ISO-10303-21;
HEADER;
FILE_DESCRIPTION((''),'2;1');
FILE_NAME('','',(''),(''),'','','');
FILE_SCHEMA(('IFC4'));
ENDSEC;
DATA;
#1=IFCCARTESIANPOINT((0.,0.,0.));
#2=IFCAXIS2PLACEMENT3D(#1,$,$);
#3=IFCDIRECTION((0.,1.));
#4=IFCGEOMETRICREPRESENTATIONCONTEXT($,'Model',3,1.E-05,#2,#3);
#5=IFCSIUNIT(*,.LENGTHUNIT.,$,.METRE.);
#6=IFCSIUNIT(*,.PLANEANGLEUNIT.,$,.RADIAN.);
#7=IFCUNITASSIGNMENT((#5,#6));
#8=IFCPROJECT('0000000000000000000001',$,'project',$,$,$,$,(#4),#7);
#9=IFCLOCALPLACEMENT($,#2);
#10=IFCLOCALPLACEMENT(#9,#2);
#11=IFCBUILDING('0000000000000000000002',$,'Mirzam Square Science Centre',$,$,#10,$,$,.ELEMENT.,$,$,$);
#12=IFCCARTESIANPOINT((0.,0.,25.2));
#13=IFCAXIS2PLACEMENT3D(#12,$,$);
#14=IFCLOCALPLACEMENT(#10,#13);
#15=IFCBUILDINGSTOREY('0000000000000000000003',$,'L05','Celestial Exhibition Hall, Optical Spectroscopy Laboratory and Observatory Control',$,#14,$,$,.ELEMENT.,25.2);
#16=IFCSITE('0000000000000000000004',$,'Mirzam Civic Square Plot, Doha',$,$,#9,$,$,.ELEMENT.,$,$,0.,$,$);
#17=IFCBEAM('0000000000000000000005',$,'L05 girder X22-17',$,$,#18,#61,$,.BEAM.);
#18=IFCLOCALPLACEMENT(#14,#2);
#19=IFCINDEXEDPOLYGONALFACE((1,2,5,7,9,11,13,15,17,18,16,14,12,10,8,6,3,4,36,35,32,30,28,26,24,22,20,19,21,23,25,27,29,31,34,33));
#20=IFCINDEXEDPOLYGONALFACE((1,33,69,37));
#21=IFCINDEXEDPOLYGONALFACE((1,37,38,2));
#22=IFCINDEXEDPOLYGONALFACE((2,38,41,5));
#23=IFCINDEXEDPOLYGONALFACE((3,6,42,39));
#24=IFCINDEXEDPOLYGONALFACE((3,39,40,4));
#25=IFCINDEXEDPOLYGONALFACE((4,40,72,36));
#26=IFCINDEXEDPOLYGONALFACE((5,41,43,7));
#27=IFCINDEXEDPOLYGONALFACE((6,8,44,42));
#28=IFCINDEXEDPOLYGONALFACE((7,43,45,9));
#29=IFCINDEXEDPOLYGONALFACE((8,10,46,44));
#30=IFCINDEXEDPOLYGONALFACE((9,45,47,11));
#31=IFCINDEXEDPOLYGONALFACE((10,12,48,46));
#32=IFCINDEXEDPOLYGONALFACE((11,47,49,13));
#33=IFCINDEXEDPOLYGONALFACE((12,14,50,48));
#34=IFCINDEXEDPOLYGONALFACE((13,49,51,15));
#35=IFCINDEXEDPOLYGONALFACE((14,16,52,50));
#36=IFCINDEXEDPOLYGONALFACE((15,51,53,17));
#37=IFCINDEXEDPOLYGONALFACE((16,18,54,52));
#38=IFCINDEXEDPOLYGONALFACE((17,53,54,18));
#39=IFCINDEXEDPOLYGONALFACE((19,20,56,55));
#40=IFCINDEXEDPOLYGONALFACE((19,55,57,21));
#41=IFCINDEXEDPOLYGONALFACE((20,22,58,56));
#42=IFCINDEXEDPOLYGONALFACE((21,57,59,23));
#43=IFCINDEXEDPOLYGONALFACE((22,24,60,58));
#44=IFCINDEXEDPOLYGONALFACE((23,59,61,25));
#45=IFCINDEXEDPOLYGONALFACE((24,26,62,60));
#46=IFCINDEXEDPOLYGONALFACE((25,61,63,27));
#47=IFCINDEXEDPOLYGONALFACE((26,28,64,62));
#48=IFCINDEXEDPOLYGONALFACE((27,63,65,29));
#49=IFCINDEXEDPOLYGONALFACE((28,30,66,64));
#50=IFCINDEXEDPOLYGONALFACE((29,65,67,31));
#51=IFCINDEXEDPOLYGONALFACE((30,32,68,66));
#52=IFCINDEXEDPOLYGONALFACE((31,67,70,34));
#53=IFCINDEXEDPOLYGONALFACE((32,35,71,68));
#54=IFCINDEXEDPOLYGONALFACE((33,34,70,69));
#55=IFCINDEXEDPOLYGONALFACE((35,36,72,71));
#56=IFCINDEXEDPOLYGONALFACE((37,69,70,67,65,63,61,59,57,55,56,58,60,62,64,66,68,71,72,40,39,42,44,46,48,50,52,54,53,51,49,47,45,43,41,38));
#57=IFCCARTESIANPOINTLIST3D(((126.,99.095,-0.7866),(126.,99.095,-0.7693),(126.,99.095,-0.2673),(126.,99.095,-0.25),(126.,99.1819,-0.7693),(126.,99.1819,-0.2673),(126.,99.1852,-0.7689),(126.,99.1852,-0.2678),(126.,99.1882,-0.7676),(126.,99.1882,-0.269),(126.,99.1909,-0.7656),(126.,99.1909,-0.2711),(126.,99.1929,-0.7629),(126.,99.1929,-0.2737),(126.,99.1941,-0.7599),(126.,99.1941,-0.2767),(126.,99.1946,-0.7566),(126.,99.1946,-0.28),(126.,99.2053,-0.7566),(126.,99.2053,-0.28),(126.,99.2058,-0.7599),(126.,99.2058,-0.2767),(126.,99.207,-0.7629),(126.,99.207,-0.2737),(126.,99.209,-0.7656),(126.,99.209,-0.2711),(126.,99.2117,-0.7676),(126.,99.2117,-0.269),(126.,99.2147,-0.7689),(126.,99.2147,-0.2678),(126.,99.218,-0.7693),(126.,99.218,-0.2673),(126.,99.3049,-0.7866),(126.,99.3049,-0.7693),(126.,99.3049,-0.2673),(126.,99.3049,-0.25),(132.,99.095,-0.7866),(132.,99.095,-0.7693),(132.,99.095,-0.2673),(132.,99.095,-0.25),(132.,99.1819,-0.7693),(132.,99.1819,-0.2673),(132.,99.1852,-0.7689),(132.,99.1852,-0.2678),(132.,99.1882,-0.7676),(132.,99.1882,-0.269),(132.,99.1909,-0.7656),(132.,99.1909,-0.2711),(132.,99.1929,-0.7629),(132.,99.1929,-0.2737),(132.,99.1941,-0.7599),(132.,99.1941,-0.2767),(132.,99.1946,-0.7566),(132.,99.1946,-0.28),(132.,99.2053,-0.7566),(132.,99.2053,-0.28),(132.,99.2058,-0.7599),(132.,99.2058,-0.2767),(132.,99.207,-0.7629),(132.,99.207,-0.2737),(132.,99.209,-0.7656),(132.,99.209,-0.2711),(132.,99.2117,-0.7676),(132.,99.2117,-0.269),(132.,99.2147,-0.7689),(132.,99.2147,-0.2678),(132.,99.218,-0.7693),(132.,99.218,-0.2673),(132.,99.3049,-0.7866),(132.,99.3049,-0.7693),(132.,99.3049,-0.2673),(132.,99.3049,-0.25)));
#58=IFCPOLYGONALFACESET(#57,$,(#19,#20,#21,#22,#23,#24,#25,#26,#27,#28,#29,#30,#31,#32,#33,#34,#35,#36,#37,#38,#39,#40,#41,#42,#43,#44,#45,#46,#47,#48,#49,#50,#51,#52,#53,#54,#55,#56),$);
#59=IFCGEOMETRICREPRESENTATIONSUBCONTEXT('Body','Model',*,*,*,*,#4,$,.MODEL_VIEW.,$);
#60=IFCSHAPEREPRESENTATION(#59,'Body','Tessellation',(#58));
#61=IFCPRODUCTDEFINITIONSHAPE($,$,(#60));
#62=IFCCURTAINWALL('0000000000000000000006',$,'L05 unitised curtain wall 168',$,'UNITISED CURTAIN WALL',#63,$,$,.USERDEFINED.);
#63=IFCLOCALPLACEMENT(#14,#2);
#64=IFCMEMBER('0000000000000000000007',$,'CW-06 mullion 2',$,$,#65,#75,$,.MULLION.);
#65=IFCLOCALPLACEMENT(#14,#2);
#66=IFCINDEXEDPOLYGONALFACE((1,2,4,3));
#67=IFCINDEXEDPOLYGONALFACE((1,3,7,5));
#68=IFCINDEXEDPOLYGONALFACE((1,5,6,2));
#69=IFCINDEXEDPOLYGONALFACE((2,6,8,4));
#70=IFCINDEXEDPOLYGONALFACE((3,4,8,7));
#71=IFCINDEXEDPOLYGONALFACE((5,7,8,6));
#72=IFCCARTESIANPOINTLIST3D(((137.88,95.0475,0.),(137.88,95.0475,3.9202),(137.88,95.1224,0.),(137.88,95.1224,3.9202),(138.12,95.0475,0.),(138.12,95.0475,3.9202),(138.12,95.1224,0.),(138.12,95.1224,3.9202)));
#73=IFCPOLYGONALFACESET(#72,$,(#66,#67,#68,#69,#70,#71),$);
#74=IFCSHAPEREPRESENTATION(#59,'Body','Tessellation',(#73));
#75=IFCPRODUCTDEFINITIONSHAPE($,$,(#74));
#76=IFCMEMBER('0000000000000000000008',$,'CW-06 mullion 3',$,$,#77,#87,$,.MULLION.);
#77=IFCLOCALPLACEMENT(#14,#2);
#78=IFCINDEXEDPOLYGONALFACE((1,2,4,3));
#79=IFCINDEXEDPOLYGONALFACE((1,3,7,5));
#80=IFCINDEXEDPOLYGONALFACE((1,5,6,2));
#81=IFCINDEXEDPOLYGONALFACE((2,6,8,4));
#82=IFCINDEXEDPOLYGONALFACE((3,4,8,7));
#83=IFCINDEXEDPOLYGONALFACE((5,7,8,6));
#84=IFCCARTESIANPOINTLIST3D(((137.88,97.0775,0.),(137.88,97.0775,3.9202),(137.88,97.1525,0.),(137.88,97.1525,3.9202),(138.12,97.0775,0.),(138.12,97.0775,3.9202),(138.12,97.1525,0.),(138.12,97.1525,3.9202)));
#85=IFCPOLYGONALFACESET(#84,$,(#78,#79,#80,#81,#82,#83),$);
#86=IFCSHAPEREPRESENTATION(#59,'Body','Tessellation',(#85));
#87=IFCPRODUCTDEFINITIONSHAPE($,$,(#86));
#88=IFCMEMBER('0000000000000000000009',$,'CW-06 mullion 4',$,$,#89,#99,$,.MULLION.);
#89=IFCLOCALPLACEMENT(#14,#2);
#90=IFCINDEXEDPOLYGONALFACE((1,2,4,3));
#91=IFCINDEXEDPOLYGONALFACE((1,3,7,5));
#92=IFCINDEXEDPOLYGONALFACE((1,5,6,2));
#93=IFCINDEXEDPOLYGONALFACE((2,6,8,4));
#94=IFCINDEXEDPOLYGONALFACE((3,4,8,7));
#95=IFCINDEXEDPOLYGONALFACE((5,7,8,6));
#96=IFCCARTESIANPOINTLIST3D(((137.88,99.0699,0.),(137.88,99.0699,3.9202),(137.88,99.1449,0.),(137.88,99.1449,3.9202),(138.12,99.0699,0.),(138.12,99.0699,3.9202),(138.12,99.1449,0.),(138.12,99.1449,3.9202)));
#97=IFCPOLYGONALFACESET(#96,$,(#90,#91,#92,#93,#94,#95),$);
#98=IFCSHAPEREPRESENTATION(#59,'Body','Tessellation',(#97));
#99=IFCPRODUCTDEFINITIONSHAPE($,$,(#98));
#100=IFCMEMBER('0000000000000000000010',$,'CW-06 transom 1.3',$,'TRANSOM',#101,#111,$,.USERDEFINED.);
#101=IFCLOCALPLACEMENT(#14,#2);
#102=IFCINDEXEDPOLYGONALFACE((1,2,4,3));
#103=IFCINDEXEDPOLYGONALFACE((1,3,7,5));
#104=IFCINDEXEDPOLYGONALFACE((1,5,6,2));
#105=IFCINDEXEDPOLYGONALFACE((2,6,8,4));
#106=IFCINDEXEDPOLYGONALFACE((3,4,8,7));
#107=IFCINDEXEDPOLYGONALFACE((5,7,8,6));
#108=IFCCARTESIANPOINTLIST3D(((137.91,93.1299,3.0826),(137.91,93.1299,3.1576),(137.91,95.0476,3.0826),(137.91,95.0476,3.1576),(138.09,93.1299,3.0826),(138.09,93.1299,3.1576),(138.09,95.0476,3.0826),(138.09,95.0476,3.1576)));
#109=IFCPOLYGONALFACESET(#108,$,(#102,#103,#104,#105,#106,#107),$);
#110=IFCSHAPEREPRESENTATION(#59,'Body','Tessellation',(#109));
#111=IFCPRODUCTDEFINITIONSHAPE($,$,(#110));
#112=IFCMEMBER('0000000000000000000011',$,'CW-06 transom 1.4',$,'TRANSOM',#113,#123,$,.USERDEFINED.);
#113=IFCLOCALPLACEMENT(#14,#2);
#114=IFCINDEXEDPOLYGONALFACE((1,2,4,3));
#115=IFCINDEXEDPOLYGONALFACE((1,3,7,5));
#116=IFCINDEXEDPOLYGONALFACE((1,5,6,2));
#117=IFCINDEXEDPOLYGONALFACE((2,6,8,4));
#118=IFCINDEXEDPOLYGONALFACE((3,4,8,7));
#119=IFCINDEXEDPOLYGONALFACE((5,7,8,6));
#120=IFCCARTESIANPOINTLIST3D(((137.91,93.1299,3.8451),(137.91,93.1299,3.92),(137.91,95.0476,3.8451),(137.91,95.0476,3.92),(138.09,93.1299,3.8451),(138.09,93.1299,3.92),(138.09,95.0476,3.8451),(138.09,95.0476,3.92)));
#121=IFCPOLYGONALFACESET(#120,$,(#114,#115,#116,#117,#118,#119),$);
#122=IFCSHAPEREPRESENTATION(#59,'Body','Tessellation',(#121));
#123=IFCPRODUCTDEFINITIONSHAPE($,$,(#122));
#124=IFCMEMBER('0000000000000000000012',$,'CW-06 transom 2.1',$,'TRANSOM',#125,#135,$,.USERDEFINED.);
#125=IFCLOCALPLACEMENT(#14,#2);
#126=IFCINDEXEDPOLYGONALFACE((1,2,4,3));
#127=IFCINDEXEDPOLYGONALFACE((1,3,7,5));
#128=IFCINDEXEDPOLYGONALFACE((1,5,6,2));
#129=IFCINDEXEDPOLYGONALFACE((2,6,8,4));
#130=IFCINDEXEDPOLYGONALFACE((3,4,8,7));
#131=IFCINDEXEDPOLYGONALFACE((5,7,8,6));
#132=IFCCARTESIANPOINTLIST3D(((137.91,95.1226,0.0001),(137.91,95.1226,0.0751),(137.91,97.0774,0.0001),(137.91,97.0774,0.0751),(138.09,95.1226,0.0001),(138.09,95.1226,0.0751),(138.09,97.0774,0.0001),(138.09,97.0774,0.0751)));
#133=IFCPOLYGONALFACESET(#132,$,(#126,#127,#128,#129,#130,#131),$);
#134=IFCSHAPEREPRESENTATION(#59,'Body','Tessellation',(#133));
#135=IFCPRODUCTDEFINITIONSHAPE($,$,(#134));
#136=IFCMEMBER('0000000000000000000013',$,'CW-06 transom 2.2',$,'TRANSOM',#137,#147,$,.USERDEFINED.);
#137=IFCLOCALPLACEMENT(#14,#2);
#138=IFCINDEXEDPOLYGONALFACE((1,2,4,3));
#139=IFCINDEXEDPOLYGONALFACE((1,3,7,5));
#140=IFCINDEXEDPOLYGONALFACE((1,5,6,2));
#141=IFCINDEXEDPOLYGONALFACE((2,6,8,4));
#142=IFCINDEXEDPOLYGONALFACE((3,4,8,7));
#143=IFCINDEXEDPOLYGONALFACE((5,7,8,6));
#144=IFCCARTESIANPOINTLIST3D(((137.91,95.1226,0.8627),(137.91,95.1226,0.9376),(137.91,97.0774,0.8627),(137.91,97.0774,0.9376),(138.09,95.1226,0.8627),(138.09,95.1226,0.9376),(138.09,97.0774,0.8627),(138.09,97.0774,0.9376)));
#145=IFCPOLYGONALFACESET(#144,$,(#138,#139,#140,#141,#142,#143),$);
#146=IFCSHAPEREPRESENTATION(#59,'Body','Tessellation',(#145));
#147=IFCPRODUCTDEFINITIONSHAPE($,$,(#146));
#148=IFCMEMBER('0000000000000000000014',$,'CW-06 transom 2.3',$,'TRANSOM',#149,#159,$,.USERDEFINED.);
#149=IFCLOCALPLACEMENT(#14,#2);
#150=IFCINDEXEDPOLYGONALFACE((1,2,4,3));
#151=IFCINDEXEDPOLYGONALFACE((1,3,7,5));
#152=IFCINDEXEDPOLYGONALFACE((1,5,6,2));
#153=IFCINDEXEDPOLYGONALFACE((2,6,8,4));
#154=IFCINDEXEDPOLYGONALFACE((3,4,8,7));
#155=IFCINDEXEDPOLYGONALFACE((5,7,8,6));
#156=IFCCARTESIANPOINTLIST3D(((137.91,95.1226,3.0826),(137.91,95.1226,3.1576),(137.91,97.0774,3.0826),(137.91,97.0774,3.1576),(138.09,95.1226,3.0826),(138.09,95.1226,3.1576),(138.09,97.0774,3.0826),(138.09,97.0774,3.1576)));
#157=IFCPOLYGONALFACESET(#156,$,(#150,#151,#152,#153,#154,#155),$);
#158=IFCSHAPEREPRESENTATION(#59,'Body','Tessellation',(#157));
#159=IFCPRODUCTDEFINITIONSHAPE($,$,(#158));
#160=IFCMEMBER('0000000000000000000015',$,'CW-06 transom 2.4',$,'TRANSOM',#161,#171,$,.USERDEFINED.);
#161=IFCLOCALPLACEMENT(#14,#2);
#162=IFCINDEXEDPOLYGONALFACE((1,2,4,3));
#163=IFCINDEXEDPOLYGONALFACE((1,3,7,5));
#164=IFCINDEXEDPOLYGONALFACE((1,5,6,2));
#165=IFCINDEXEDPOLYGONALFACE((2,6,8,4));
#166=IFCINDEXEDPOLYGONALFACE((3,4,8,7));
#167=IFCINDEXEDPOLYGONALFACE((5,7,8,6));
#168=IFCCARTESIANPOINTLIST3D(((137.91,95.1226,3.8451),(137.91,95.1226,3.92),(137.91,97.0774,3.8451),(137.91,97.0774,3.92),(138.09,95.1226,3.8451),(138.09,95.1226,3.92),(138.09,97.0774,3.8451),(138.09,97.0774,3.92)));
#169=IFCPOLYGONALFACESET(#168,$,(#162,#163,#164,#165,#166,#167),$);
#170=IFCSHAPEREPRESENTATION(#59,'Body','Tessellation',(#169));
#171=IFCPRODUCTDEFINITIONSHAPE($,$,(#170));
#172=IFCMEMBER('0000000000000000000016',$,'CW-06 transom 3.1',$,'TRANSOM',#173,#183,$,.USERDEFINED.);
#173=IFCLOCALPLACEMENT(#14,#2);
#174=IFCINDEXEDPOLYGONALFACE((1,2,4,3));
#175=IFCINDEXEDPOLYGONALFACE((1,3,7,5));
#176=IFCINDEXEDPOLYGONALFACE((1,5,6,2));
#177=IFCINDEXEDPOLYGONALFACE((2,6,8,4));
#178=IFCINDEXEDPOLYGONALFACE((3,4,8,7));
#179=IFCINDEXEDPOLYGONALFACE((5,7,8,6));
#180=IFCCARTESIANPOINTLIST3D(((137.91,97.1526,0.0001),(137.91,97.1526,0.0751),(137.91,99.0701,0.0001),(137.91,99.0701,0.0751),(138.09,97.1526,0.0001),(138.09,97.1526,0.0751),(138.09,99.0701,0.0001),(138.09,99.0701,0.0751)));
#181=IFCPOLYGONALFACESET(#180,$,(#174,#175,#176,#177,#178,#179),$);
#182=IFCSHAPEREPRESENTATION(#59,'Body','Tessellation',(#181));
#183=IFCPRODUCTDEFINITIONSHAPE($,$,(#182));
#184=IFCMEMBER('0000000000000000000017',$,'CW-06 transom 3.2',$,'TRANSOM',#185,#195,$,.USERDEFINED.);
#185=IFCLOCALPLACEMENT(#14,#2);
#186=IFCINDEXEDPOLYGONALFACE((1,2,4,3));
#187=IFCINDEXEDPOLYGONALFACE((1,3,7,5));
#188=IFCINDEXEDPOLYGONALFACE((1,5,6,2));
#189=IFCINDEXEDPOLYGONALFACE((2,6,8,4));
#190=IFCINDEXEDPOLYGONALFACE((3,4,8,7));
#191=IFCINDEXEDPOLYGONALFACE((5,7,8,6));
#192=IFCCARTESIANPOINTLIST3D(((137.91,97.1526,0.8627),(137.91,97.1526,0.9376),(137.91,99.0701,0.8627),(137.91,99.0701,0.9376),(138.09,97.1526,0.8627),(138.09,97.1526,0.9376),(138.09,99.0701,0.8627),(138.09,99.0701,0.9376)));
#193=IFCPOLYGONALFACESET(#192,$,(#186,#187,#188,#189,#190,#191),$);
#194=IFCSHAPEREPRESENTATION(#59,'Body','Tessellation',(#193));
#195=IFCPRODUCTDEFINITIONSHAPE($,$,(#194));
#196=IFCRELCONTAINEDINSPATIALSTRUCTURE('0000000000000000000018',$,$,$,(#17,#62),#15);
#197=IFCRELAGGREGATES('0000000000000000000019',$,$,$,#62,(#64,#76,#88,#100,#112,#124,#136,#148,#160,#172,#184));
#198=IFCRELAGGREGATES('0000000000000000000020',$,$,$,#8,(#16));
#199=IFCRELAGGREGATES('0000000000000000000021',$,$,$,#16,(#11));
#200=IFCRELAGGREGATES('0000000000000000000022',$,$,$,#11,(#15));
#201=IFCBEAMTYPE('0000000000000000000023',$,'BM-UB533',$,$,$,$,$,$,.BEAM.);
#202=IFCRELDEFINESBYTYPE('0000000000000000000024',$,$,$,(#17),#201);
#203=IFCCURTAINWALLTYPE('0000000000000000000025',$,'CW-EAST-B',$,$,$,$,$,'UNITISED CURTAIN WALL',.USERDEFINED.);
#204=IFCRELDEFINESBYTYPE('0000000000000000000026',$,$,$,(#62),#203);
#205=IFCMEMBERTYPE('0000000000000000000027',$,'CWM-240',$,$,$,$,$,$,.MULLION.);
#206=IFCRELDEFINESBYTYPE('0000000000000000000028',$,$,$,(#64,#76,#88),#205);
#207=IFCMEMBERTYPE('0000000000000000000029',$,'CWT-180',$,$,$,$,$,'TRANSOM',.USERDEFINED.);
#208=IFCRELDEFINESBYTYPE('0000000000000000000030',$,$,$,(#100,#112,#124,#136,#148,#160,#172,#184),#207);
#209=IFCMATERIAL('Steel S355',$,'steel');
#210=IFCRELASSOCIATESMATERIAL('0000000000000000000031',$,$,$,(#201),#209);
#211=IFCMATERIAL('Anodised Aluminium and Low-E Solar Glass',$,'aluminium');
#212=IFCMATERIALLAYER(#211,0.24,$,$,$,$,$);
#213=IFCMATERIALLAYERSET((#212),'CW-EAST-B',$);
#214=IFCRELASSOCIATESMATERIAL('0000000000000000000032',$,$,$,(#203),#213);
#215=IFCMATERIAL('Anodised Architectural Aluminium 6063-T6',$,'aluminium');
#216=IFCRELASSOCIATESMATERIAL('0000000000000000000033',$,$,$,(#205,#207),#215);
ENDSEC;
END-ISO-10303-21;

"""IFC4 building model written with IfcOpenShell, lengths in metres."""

from ifc_helpers import new_model, si_unit, direction, frame, origin, origin_2d, place, context, subcontext, project, spatial, rectangle, i_section, extrude, material, layer, layer_set, material_profile, profile_set, type_object, element, aggregate, save


model = new_model("IFC4")

# Units and contexts
model_context = context("Model", 3, precision=1e-05, world=origin(), true_north=direction((0.0, 1.0)))
body_context = subcontext(model_context, "Body", "Model", "MODEL_VIEW")
ifc_project = project(units=[si_unit("LENGTHUNIT", "METRE"), si_unit("PLANEANGLEUNIT", "RADIAN")], contexts=[model_context])

# Site, building, storey
site_placement = place(None, origin())
site = spatial("IfcSite", under=ifc_project, at=site_placement, Name="Mirzam Civic Square Plot, Doha", CompositionType="ELEMENT", RefElevation=0.0)
building_placement = place(site_placement, origin())
building = spatial("IfcBuilding", under=site, at=building_placement, Name="Mirzam Square Science Centre", CompositionType="ELEMENT")
storey_placement = place(building_placement, frame((0.0, 0.0, 25.2)))
storey = spatial("IfcBuildingStorey", under=building, at=storey_placement, Name="L05", Description="Celestial Exhibition Hall, Optical Spectroscopy Laboratory and Observatory Control", CompositionType="ELEMENT", Elevation=25.2)

# Shared definitions
ifc_material_1 = material(Name="Steel S355", Category="steel")

# Beam
ifc_material_profile_1 = material_profile(ifc_material_1, i_section(OverallWidth=0.21, OverallDepth=0.5366, WebThickness=0.0107, FlangeThickness=0.0173, FilletRadius=0.0127, at=origin_2d()), Name="533x210x101UB")
ifc_profile_set_1 = profile_set([ifc_material_profile_1], Name="Steel S355")
beam_type_1 = type_object("IfcBeamType", Name="BM-UB533", PredefinedType="BEAM", material=ifc_profile_set_1)
beam_1_placement = place(storey_placement, frame((126.0, 99.2, -0.5183), z_axis=(1.0, 0.0, 0.0), x_axis=(0.0, 1.0, 0.0)))
element("IfcBeam", 1, at=beam_1_placement, inside=storey, type_object=beam_type_1, Name="L05 girder X22-17", PredefinedType="BEAM", context=body_context, shape_type="SweptSolid", body=[
    extrude(i_section(OverallWidth=0.21, OverallDepth=0.5366, WebThickness=0.0107, FlangeThickness=0.0173, FilletRadius=0.0127, at=origin_2d()), origin(), (0.0, 0.0, 1.0), 6.0),
])

# Curtain wall, members
ifc_material_2 = material(Name="Anodised Aluminium and Low-E Solar Glass", Category="aluminium")
ifc_layer_1 = layer(ifc_material_2, 0.24)
ifc_layer_set_1 = layer_set([ifc_layer_1], Name="CW-EAST-B")
curtain_wall_type = type_object("IfcCurtainWallType", Name="CW-EAST-B", ElementType="UNITISED CURTAIN WALL", PredefinedType="USERDEFINED", material=ifc_layer_set_1)
curtain_wall_placement = place(storey_placement, origin())
curtain_wall = element("IfcCurtainWall", 2, at=curtain_wall_placement, inside=storey, type_object=curtain_wall_type, Name="L05 unitised curtain wall 168", ObjectType="UNITISED CURTAIN WALL", PredefinedType="USERDEFINED")
ifc_material_3 = material(Name="Anodised Architectural Aluminium 6063-T6", Category="aluminium")
ifc_material_profile_2 = material_profile(ifc_material_3, rectangle(XDim=0.075, YDim=0.24, at=origin_2d()), Name="ALU-MULL-240x75x5")
ifc_profile_set_2 = profile_set([ifc_material_profile_2], Name="Anodised Architectural Aluminium 6063-T6")
member_type_1 = type_object("IfcMemberType", Name="CWM-240", PredefinedType="MULLION", material=ifc_profile_set_2)
member_1_placement = place(storey_placement, frame((138.0, 95.085, 0.0), z_axis=(0.0, 0.0, 1.0), x_axis=(0.0, 1.0, 0.0)))
member_1 = element("IfcMember", 3, at=member_1_placement, type_object=member_type_1, Name="CW-06 mullion 2", PredefinedType="MULLION", context=body_context, shape_type="SweptSolid", body=[
    extrude(rectangle(XDim=0.075, YDim=0.24, at=origin_2d()), origin(), (0.0, 0.0, 1.0), 3.9202),
])
member_2_placement = place(storey_placement, frame((138.0, 97.115, 0.0), z_axis=(0.0, 0.0, 1.0), x_axis=(0.0, 1.0, 0.0)))
member_2 = element("IfcMember", 4, at=member_2_placement, type_object=member_type_1, Name="CW-06 mullion 3", PredefinedType="MULLION", context=body_context, shape_type="SweptSolid", body=[
    extrude(rectangle(XDim=0.075, YDim=0.24, at=origin_2d()), origin(), (0.0, 0.0, 1.0), 3.9202),
])
member_3_placement = place(storey_placement, frame((138.0, 99.1074, 0.0), z_axis=(0.0, 0.0, 1.0), x_axis=(0.0, 1.0, 0.0)))
member_3 = element("IfcMember", 5, at=member_3_placement, type_object=member_type_1, Name="CW-06 mullion 4", PredefinedType="MULLION", context=body_context, shape_type="SweptSolid", body=[
    extrude(rectangle(XDim=0.075, YDim=0.24, at=origin_2d()), origin(), (0.0, 0.0, 1.0), 3.9202),
])
ifc_material_profile_3 = material_profile(ifc_material_3, rectangle(XDim=0.1799, YDim=0.075, at=origin_2d()), Name="ALU-TRAN-180x75x5")
ifc_profile_set_3 = profile_set([ifc_material_profile_3], Name="Anodised Architectural Aluminium 6063-T6")
member_type_2 = type_object("IfcMemberType", Name="CWT-180", ElementType="TRANSOM", PredefinedType="USERDEFINED", material=ifc_profile_set_3)
member_4_placement = place(storey_placement, frame((138.0, 93.1299, 3.1201), z_axis=(0.0, 1.0, 0.0), x_axis=(-1.0, 0.0, 0.0)))
member_4 = element("IfcMember", 6, at=member_4_placement, type_object=member_type_2, Name="CW-06 transom 1.3", ObjectType="TRANSOM", PredefinedType="USERDEFINED", context=body_context, shape_type="SweptSolid", body=[
    extrude(rectangle(XDim=0.1799, YDim=0.075, at=origin_2d()), origin(), (0.0, 0.0, 1.0), 1.9177),
])
member_5_placement = place(storey_placement, frame((138.0, 93.1299, 3.8826), z_axis=(0.0, 1.0, 0.0), x_axis=(-1.0, 0.0, 0.0)))
member_5 = element("IfcMember", 7, at=member_5_placement, type_object=member_type_2, Name="CW-06 transom 1.4", ObjectType="TRANSOM", PredefinedType="USERDEFINED", context=body_context, shape_type="SweptSolid", body=[
    extrude(rectangle(XDim=0.1799, YDim=0.075, at=origin_2d()), origin(), (0.0, 0.0, 1.0), 1.9177),
])
member_6_placement = place(storey_placement, frame((138.0, 95.1226, 0.0376), z_axis=(0.0, 1.0, 0.0), x_axis=(-1.0, 0.0, 0.0)))
member_6 = element("IfcMember", 8, at=member_6_placement, type_object=member_type_2, Name="CW-06 transom 2.1", ObjectType="TRANSOM", PredefinedType="USERDEFINED", context=body_context, shape_type="SweptSolid", body=[
    extrude(rectangle(XDim=0.1799, YDim=0.075, at=origin_2d()), origin(), (0.0, 0.0, 1.0), 1.9548),
])
member_7_placement = place(storey_placement, frame((138.0, 95.1226, 0.9001), z_axis=(0.0, 1.0, 0.0), x_axis=(-1.0, 0.0, 0.0)))
member_7 = element("IfcMember", 9, at=member_7_placement, type_object=member_type_2, Name="CW-06 transom 2.2", ObjectType="TRANSOM", PredefinedType="USERDEFINED", context=body_context, shape_type="SweptSolid", body=[
    extrude(rectangle(XDim=0.1799, YDim=0.075, at=origin_2d()), origin(), (0.0, 0.0, 1.0), 1.9548),
])
member_8_placement = place(storey_placement, frame((138.0, 95.1226, 3.1201), z_axis=(0.0, 1.0, 0.0), x_axis=(-1.0, 0.0, 0.0)))
member_8 = element("IfcMember", 10, at=member_8_placement, type_object=member_type_2, Name="CW-06 transom 2.3", ObjectType="TRANSOM", PredefinedType="USERDEFINED", context=body_context, shape_type="SweptSolid", body=[
    extrude(rectangle(XDim=0.1799, YDim=0.075, at=origin_2d()), origin(), (0.0, 0.0, 1.0), 1.9548),
])
member_9_placement = place(storey_placement, frame((138.0, 95.1226, 3.8826), z_axis=(0.0, 1.0, 0.0), x_axis=(-1.0, 0.0, 0.0)))
member_9 = element("IfcMember", 11, at=member_9_placement, type_object=member_type_2, Name="CW-06 transom 2.4", ObjectType="TRANSOM", PredefinedType="USERDEFINED", context=body_context, shape_type="SweptSolid", body=[
    extrude(rectangle(XDim=0.1799, YDim=0.075, at=origin_2d()), origin(), (0.0, 0.0, 1.0), 1.9548),
])
member_10_placement = place(storey_placement, frame((138.0, 97.1526, 0.0376), z_axis=(0.0, 1.0, 0.0), x_axis=(-1.0, 0.0, 0.0)))
member_10 = element("IfcMember", 12, at=member_10_placement, type_object=member_type_2, Name="CW-06 transom 3.1", ObjectType="TRANSOM", PredefinedType="USERDEFINED", context=body_context, shape_type="SweptSolid", body=[
    extrude(rectangle(XDim=0.1799, YDim=0.075, at=origin_2d()), origin(), (0.0, 0.0, 1.0), 1.9175),
])
member_11_placement = place(storey_placement, frame((138.0, 97.1526, 0.9001), z_axis=(0.0, 1.0, 0.0), x_axis=(-1.0, 0.0, 0.0)))
member_11 = element("IfcMember", 13, at=member_11_placement, type_object=member_type_2, Name="CW-06 transom 3.2", ObjectType="TRANSOM", PredefinedType="USERDEFINED", context=body_context, shape_type="SweptSolid", body=[
    extrude(rectangle(XDim=0.1799, YDim=0.075, at=origin_2d()), origin(), (0.0, 0.0, 1.0), 1.9175),
])

aggregate(curtain_wall, [member_1, member_2, member_3, member_4, member_5, member_6, member_7, member_8, member_9, member_10, member_11])

save(model, "model.ifc")
